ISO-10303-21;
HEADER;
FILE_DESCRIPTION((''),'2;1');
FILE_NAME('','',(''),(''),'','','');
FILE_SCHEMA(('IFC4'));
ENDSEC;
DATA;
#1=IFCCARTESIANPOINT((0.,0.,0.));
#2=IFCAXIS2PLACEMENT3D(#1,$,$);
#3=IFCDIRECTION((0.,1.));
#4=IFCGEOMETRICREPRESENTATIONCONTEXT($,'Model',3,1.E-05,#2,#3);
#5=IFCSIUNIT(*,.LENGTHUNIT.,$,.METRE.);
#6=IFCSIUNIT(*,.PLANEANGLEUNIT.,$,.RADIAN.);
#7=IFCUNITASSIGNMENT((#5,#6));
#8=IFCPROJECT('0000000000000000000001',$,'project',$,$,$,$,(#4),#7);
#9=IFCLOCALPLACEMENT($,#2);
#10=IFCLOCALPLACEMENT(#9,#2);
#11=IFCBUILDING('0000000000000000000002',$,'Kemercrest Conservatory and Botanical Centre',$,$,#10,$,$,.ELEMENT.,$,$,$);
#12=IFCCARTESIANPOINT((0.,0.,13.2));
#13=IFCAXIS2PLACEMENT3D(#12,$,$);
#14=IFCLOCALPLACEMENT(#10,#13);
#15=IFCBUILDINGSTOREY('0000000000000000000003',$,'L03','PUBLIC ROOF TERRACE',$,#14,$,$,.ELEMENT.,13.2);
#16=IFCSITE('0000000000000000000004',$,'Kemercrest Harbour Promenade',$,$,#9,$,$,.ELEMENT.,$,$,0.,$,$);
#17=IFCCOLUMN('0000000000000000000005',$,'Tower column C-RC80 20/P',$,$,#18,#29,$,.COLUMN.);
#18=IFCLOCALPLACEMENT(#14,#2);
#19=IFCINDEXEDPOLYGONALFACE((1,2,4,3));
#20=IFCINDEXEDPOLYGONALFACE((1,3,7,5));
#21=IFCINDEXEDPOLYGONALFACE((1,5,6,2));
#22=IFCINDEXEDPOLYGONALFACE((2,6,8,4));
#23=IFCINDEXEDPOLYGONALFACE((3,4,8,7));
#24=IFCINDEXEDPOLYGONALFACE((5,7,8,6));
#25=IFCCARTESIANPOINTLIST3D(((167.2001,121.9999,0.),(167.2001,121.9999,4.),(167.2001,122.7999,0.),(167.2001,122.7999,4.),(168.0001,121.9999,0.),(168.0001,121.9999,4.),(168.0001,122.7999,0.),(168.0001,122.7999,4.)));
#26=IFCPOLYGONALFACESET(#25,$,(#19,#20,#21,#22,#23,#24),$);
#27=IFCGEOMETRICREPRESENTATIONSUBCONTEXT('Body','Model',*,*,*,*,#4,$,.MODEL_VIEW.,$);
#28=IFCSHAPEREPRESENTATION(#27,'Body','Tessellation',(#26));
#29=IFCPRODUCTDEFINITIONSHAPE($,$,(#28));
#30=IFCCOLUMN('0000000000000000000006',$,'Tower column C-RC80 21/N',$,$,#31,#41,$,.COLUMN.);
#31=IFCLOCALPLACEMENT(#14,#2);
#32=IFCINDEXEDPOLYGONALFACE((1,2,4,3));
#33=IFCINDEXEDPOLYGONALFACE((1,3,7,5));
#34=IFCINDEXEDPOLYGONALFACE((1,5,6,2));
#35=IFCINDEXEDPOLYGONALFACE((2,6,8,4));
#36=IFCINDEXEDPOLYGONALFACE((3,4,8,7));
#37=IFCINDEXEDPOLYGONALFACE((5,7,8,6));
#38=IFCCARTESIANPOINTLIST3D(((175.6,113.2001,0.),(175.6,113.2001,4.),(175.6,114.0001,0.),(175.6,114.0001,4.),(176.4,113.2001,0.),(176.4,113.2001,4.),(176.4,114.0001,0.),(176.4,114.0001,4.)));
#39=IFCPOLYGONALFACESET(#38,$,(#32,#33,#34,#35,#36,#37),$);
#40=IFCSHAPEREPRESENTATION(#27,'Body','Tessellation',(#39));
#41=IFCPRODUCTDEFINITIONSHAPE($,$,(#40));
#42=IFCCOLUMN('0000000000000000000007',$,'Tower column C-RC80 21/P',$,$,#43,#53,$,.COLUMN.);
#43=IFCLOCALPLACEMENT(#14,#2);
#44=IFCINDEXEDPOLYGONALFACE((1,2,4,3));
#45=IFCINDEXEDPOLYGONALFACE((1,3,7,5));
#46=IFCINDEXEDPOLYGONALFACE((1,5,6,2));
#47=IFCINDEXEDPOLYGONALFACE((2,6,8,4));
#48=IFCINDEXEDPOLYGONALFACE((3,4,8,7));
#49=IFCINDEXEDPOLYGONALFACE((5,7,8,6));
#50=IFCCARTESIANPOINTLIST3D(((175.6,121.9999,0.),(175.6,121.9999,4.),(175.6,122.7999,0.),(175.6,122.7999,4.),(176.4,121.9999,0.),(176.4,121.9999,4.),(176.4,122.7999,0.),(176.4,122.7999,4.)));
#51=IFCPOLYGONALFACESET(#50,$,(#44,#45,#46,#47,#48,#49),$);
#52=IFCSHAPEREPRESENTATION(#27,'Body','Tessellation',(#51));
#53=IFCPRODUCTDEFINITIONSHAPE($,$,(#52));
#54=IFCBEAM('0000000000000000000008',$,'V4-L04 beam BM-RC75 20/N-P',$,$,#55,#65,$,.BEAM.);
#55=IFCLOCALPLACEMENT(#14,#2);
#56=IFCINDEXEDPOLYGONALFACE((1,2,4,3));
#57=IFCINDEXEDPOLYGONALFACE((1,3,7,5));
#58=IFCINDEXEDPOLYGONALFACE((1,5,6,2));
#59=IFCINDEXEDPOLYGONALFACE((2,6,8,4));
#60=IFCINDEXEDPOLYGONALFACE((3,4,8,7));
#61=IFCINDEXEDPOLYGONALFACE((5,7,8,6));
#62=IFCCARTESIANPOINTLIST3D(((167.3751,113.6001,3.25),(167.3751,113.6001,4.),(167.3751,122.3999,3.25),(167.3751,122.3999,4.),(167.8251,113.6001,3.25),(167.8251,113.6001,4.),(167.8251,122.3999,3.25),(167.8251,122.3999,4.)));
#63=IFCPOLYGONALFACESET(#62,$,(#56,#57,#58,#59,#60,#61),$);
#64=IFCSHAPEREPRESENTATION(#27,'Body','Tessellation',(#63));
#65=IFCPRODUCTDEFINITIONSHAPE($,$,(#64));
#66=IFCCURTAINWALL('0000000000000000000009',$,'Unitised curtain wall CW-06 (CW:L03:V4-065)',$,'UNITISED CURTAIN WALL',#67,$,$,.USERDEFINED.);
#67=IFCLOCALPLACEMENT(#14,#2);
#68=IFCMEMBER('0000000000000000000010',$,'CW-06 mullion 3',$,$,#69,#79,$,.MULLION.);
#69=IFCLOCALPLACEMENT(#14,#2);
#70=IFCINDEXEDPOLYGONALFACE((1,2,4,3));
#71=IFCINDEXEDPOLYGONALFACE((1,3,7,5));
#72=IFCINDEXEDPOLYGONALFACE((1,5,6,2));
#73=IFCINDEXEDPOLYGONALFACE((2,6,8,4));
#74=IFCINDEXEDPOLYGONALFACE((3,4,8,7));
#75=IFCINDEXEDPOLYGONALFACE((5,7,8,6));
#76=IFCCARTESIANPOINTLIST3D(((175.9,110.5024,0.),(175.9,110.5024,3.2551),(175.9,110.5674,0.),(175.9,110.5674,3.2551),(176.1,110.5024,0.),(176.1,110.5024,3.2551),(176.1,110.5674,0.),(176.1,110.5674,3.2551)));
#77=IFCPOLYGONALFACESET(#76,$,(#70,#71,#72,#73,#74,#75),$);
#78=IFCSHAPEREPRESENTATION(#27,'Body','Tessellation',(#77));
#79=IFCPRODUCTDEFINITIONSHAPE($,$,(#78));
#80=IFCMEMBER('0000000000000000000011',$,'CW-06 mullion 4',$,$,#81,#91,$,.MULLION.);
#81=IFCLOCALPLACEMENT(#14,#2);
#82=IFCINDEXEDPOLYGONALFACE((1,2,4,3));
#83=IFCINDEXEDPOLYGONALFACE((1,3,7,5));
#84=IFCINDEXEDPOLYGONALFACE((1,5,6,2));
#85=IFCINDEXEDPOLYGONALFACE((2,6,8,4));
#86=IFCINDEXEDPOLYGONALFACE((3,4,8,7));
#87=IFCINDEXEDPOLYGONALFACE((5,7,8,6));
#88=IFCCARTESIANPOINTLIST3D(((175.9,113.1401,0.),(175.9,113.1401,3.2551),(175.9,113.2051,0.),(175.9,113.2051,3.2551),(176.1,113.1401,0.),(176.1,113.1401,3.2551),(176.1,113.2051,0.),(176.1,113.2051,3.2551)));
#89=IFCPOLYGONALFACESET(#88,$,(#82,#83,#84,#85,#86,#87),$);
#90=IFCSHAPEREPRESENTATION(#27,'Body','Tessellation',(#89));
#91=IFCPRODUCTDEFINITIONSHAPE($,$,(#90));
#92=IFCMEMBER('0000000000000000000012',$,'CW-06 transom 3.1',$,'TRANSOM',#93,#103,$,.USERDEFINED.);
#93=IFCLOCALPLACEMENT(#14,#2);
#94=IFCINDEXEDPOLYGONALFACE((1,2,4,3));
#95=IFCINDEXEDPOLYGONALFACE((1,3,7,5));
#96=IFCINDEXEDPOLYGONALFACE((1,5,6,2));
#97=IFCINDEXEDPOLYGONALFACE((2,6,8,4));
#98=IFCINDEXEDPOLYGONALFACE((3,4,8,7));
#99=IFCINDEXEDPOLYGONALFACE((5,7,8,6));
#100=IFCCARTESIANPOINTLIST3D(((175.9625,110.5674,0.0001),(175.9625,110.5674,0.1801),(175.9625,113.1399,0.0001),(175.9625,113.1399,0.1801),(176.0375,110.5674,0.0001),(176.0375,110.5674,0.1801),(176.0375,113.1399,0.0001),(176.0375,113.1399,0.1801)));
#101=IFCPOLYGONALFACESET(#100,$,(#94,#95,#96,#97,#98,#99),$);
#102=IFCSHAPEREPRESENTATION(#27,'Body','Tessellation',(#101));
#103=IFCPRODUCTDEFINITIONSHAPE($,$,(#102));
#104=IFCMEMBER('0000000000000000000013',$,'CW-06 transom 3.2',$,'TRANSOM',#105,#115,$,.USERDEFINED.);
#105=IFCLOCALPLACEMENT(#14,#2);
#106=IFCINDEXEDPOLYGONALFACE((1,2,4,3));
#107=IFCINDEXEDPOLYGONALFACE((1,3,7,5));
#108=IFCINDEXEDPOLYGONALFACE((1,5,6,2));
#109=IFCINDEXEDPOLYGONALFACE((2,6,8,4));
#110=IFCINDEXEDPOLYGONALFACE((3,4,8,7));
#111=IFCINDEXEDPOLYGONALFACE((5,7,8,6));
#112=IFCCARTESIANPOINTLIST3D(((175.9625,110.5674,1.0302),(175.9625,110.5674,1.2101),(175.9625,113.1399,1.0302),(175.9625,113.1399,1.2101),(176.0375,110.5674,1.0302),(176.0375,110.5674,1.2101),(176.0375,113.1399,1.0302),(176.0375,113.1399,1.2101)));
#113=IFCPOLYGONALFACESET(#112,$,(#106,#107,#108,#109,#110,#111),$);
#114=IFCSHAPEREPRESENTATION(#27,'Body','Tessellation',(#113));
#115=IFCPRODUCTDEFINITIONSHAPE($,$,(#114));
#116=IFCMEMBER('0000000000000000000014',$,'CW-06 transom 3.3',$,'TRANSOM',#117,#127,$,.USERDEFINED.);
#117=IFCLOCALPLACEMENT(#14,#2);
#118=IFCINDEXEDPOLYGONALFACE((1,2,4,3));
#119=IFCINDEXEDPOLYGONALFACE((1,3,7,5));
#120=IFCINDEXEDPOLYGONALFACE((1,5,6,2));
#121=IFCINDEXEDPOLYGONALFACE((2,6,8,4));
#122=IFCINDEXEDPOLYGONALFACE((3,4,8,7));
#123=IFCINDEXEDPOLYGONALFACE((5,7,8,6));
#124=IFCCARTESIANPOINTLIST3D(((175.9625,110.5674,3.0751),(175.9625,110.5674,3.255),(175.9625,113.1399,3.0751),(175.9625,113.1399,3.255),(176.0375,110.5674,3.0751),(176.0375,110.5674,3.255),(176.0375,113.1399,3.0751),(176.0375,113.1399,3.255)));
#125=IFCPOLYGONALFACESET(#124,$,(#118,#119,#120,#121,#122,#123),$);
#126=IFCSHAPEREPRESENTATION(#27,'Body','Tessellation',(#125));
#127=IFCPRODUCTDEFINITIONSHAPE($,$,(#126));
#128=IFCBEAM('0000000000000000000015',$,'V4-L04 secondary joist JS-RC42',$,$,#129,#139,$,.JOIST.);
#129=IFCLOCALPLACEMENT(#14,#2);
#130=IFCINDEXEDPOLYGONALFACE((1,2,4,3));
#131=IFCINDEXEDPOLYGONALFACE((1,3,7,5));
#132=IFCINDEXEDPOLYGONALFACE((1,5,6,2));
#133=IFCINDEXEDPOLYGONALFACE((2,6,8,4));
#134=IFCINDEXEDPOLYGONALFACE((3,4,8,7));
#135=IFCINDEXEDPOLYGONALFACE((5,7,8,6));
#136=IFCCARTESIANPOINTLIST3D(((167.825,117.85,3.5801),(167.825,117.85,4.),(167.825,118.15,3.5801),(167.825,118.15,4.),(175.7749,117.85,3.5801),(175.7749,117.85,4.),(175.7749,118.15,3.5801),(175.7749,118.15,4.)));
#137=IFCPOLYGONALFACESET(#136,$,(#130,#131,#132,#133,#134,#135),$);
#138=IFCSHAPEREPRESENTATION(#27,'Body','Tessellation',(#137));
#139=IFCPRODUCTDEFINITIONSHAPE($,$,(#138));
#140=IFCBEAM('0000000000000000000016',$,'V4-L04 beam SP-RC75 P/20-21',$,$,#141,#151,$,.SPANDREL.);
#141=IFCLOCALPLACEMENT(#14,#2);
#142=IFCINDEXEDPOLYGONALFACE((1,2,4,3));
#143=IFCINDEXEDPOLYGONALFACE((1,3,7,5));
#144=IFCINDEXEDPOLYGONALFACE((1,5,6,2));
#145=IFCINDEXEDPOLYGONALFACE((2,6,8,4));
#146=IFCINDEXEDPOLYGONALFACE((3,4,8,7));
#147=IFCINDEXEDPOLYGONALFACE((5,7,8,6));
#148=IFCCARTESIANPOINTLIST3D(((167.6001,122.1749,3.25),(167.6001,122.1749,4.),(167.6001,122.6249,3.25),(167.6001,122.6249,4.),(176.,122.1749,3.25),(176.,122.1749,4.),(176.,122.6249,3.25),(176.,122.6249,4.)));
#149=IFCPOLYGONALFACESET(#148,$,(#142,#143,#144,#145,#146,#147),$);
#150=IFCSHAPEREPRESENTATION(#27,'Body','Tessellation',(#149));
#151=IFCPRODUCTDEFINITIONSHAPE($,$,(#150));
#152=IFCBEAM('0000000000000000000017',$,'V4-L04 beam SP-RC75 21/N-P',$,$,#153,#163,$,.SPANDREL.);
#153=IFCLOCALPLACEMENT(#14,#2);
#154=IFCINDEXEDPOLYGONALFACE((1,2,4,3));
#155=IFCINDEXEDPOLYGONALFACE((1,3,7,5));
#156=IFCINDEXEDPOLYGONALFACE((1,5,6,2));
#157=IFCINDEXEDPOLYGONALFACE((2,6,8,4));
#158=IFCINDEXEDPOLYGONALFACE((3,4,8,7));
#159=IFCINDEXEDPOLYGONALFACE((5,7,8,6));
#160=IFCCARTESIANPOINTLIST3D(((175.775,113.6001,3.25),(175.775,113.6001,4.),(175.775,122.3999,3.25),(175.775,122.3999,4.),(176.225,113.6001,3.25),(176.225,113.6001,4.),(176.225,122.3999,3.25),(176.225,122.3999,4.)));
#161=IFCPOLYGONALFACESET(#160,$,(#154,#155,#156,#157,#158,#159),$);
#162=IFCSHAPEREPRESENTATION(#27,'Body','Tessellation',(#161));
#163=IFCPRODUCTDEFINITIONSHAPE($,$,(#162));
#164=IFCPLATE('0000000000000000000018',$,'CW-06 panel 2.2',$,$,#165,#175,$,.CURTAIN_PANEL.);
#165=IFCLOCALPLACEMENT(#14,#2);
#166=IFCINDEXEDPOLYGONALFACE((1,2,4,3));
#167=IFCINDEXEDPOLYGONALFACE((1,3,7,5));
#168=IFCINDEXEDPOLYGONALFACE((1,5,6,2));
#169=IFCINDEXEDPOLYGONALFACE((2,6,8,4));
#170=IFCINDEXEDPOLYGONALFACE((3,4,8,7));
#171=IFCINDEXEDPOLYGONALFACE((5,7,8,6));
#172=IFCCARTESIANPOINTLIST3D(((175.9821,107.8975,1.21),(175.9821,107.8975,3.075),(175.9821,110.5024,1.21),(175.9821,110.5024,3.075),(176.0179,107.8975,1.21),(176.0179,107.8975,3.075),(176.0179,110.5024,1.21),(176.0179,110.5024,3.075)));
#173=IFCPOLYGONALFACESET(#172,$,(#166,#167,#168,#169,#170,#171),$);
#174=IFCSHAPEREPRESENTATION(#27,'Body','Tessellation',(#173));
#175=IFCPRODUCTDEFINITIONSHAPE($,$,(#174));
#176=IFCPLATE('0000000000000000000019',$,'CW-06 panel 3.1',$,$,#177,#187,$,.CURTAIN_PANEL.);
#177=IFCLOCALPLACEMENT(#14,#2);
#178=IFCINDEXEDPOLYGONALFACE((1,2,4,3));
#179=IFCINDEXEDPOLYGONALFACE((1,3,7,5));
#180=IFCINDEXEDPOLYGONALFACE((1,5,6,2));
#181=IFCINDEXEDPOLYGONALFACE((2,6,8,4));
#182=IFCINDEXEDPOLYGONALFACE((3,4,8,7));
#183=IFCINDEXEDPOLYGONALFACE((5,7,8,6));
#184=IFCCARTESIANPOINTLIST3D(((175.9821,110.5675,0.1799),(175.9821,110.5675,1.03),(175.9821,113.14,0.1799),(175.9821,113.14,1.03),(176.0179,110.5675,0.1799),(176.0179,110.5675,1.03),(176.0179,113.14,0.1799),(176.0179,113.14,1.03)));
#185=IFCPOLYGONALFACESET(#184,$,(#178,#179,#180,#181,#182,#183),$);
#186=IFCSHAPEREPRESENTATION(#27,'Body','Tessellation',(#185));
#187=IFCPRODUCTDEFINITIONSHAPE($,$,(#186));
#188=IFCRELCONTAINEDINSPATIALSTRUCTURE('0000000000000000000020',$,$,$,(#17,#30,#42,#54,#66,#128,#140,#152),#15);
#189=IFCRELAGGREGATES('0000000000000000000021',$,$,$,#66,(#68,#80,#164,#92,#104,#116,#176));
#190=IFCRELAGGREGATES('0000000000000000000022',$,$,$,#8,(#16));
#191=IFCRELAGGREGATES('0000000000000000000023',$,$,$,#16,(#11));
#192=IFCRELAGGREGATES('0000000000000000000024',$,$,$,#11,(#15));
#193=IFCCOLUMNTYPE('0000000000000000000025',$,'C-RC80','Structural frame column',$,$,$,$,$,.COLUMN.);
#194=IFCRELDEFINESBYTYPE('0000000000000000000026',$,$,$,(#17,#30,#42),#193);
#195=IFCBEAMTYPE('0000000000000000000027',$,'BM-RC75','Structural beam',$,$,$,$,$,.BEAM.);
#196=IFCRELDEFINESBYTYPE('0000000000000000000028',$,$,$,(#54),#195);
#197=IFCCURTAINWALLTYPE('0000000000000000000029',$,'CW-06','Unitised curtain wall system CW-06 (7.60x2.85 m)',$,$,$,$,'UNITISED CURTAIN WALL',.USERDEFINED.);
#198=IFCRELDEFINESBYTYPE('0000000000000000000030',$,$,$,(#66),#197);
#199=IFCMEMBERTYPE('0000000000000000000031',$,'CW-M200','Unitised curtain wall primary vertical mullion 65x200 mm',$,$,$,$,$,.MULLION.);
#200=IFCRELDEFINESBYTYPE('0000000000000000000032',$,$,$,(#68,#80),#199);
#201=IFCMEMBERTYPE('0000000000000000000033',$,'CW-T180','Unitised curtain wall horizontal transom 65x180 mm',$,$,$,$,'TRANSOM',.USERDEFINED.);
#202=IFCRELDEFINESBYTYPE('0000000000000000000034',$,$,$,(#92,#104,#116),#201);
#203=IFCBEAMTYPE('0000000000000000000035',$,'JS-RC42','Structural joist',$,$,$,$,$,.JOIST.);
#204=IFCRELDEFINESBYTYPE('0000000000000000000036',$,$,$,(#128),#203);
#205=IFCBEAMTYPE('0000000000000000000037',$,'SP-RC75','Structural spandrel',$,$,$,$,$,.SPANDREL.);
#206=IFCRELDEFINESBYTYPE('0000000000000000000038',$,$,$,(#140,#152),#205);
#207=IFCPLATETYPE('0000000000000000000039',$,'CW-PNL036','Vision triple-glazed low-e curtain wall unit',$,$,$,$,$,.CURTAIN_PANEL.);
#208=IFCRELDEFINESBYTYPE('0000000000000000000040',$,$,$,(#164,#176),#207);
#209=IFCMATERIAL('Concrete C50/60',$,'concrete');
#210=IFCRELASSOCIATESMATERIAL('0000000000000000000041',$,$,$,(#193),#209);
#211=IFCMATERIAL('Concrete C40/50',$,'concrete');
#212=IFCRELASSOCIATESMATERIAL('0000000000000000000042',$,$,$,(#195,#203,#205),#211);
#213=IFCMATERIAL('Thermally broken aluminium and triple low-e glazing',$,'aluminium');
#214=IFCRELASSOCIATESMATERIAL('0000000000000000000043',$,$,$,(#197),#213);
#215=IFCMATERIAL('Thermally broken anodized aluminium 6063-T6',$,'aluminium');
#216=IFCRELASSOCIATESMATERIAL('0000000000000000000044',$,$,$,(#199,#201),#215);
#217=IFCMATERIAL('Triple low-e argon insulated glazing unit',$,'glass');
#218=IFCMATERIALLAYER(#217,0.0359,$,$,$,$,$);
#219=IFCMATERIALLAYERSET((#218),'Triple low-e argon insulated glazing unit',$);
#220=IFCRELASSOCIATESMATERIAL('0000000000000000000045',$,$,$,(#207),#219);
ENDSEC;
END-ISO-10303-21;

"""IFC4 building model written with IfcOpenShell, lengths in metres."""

from ifc_helpers import new_model, si_unit, direction, frame, origin, origin_2d, place, context, subcontext, project, spatial, rectangle, extrude, material, layer, layer_set, material_profile, profile_set, type_object, element, aggregate, save


model = new_model("IFC4")

# Units and contexts
model_context = context("Model", 3, precision=1e-05, world=origin(), true_north=direction((0.0, 1.0)))
body_context = subcontext(model_context, "Body", "Model", "MODEL_VIEW")
ifc_project = project(units=[si_unit("LENGTHUNIT", "METRE"), si_unit("PLANEANGLEUNIT", "RADIAN")], contexts=[model_context])

# Site, building, storey
site_placement = place(None, origin())
site = spatial("IfcSite", under=ifc_project, at=site_placement, Name="Kemercrest Harbour Promenade", CompositionType="ELEMENT", RefElevation=0.0)
building_placement = place(site_placement, origin())
building = spatial("IfcBuilding", under=site, at=building_placement, Name="Kemercrest Conservatory and Botanical Centre", CompositionType="ELEMENT")
storey_placement = place(building_placement, frame((0.0, 0.0, 13.2)))
storey = spatial("IfcBuildingStorey", under=building, at=storey_placement, Name="L03", Description="PUBLIC ROOF TERRACE", CompositionType="ELEMENT", Elevation=13.2)

# Columns
ifc_material_1 = material(Name="Concrete C50/60", Category="concrete")
ifc_material_profile_1 = material_profile(ifc_material_1, rectangle(XDim=0.8, YDim=0.8, at=origin_2d()), Name="RC 800x800")
ifc_profile_set_1 = profile_set([ifc_material_profile_1], Name="Concrete C50/60")
column_type = type_object("IfcColumnType", Name="C-RC80", Description="Structural frame column", PredefinedType="COLUMN", material=ifc_profile_set_1)
for number, where, z_axis, x_axis, name in (
    (1, (167.6001, 122.3999, 0.0), (0.0, 0.0, 1.0), (1.0, 0.0, 0.0), "Tower column C-RC80 20/P"),
    (2, (176.0, 113.6001, 0.0), (0.0, 0.0, 1.0), (1.0, 0.0, 0.0), "Tower column C-RC80 21/N"),
    (3, (176.0, 122.3999, 0.0), (0.0, 0.0, 1.0), (1.0, 0.0, 0.0), "Tower column C-RC80 21/P"),
):
    element("IfcColumn", number, at=place(storey_placement, frame(where, z_axis=z_axis, x_axis=x_axis)), inside=storey, type_object=column_type, Name=name, PredefinedType="COLUMN", context=body_context, shape_type="SweptSolid", body=[
        extrude(rectangle(XDim=0.8, YDim=0.8, at=origin_2d()), origin(), (0.0, 0.0, 1.0), 4.0),
    ])

# Beam
ifc_material_2 = material(Name="Concrete C40/50", Category="concrete")
ifc_material_profile_2 = material_profile(ifc_material_2, rectangle(XDim=0.45, YDim=0.75, at=origin_2d()), Name="RC 450x750")
ifc_profile_set_2 = profile_set([ifc_material_profile_2], Name="Concrete C40/50")
beam_type_1 = type_object("IfcBeamType", Name="BM-RC75", Description="Structural beam", PredefinedType="BEAM", material=ifc_profile_set_2)
beam_1_placement = place(storey_placement, frame((167.6001, 113.6001, 3.625), z_axis=(0.0, 1.0, 0.0), x_axis=(-1.0, 0.0, 0.0)))
element("IfcBeam", 4, at=beam_1_placement, inside=storey, type_object=beam_type_1, Name="V4-L04 beam BM-RC75 20/N-P", PredefinedType="BEAM", context=body_context, shape_type="SweptSolid", body=[
    extrude(rectangle(XDim=0.45, YDim=0.75, at=origin_2d()), origin(), (0.0, 0.0, 1.0), 8.7998),
])

# Curtain wall, members
ifc_material_3 = material(Name="Thermally broken aluminium and triple low-e glazing", Category="aluminium")
curtain_wall_type = type_object("IfcCurtainWallType", Name="CW-06", Description="Unitised curtain wall system CW-06 (7.60x2.85 m)", ElementType="UNITISED CURTAIN WALL", PredefinedType="USERDEFINED", material=ifc_material_3)
curtain_wall_placement = place(storey_placement, origin())
curtain_wall = element("IfcCurtainWall", 5, at=curtain_wall_placement, inside=storey, type_object=curtain_wall_type, Name="Unitised curtain wall CW-06 (CW:L03:V4-065)", ObjectType="UNITISED CURTAIN WALL", PredefinedType="USERDEFINED")
ifc_material_4 = material(Name="Thermally broken anodized aluminium 6063-T6", Category="aluminium")
ifc_material_profile_3 = material_profile(ifc_material_4, rectangle(XDim=0.2, YDim=0.0649, at=origin_2d()), Name="AL MULLION 65x200")
ifc_profile_set_3 = profile_set([ifc_material_profile_3], Name="Thermally broken anodized aluminium 6063-T6")
member_type_1 = type_object("IfcMemberType", Name="CW-M200", Description="Unitised curtain wall primary vertical mullion 65x200 mm", PredefinedType="MULLION", material=ifc_profile_set_3)
member_1_placement = place(storey_placement, frame((176.0, 110.5349, 0.0), z_axis=(0.0, 0.0, 1.0), x_axis=(-1.0, 0.0, 0.0)))
member_1 = element("IfcMember", 6, at=member_1_placement, type_object=member_type_1, Name="CW-06 mullion 3", PredefinedType="MULLION", context=body_context, shape_type="SweptSolid", body=[
    extrude(rectangle(XDim=0.2, YDim=0.0649, at=origin_2d()), origin(), (0.0, 0.0, 1.0), 3.2551),
])
member_2_placement = place(storey_placement, frame((176.0, 113.1726, 0.0), z_axis=(0.0, 0.0, 1.0), x_axis=(-1.0, 0.0, 0.0)))
member_2 = element("IfcMember", 7, at=member_2_placement, type_object=member_type_1, Name="CW-06 mullion 4", PredefinedType="MULLION", context=body_context, shape_type="SweptSolid", body=[
    extrude(rectangle(XDim=0.2, YDim=0.0649, at=origin_2d()), origin(), (0.0, 0.0, 1.0), 3.2551),
])
ifc_material_profile_4 = material_profile(ifc_material_4, rectangle(XDim=0.075, YDim=0.1799, at=origin_2d()), Name="AL TRANSOM 75x180")
ifc_profile_set_4 = profile_set([ifc_material_profile_4], Name="Thermally broken anodized aluminium 6063-T6")
member_type_2 = type_object("IfcMemberType", Name="CW-T180", Description="Unitised curtain wall horizontal transom 65x180 mm", ElementType="TRANSOM", PredefinedType="USERDEFINED", material=ifc_profile_set_4)
member_3_placement = place(storey_placement, frame((176.0, 110.5674, 0.0901), z_axis=(0.0, 1.0, 0.0), x_axis=(-1.0, 0.0, 0.0)))
member_3 = element("IfcMember", 8, at=member_3_placement, type_object=member_type_2, Name="CW-06 transom 3.1", ObjectType="TRANSOM", PredefinedType="USERDEFINED", context=body_context, shape_type="SweptSolid", body=[
    extrude(rectangle(XDim=0.075, YDim=0.1799, at=origin_2d()), origin(), (0.0, 0.0, 1.0), 2.5725),
])
member_4_placement = place(storey_placement, frame((176.0, 110.5674, 1.1201), z_axis=(0.0, 1.0, 0.0), x_axis=(-1.0, 0.0, 0.0)))
member_4 = element("IfcMember", 9, at=member_4_placement, type_object=member_type_2, Name="CW-06 transom 3.2", ObjectType="TRANSOM", PredefinedType="USERDEFINED", context=body_context, shape_type="SweptSolid", body=[
    extrude(rectangle(XDim=0.075, YDim=0.1799, at=origin_2d()), origin(), (0.0, 0.0, 1.0), 2.5725),
])
member_5_placement = place(storey_placement, frame((176.0, 110.5674, 3.165), z_axis=(0.0, 1.0, 0.0), x_axis=(-1.0, 0.0, 0.0)))
member_5 = element("IfcMember", 10, at=member_5_placement, type_object=member_type_2, Name="CW-06 transom 3.3", ObjectType="TRANSOM", PredefinedType="USERDEFINED", context=body_context, shape_type="SweptSolid", body=[
    extrude(rectangle(XDim=0.075, YDim=0.1799, at=origin_2d()), origin(), (0.0, 0.0, 1.0), 2.5725),
])

# Beams
ifc_material_profile_5 = material_profile(ifc_material_2, rectangle(XDim=0.3, YDim=0.4199, at=origin_2d()), Name="RC 300x420")
ifc_profile_set_5 = profile_set([ifc_material_profile_5], Name="Concrete C40/50")
beam_type_2 = type_object("IfcBeamType", Name="JS-RC42", Description="Structural joist", PredefinedType="JOIST", material=ifc_profile_set_5)
beam_2_placement = place(storey_placement, frame((167.825, 118.0, 3.79), z_axis=(1.0, 0.0, 0.0), x_axis=(0.0, 1.0, 0.0)))
element("IfcBeam", 11, at=beam_2_placement, inside=storey, type_object=beam_type_2, Name="V4-L04 secondary joist JS-RC42", PredefinedType="JOIST", context=body_context, shape_type="SweptSolid", body=[
    extrude(rectangle(XDim=0.3, YDim=0.4199, at=origin_2d()), origin(), (0.0, 0.0, 1.0), 7.95),
])
ifc_material_profile_6 = material_profile(ifc_material_2, rectangle(XDim=0.45, YDim=0.75, at=origin_2d()), Name="RC 450x750")
ifc_profile_set_6 = profile_set([ifc_material_profile_6], Name="Concrete C40/50")
beam_type_3 = type_object("IfcBeamType", Name="SP-RC75", Description="Structural spandrel", PredefinedType="SPANDREL", material=ifc_profile_set_6)
beam_3_placement = place(storey_placement, frame((167.6001, 122.3999, 3.625), z_axis=(1.0, 0.0, 0.0), x_axis=(0.0, 1.0, 0.0)))
element("IfcBeam", 12, at=beam_3_placement, inside=storey, type_object=beam_type_3, Name="V4-L04 beam SP-RC75 P/20-21", PredefinedType="SPANDREL", context=body_context, shape_type="SweptSolid", body=[
    extrude(rectangle(XDim=0.45, YDim=0.75, at=origin_2d()), origin(), (0.0, 0.0, 1.0), 8.3999),
])
beam_4_placement = place(storey_placement, frame((176.0, 113.6001, 3.625), z_axis=(0.0, 1.0, 0.0), x_axis=(-1.0, 0.0, 0.0)))
element("IfcBeam", 13, at=beam_4_placement, inside=storey, type_object=beam_type_3, Name="V4-L04 beam SP-RC75 21/N-P", PredefinedType="SPANDREL", context=body_context, shape_type="SweptSolid", body=[
    extrude(rectangle(XDim=0.45, YDim=0.75, at=origin_2d()), origin(), (0.0, 0.0, 1.0), 8.7998),
])

# Plates
ifc_material_5 = material(Name="Triple low-e argon insulated glazing unit", Category="glass")
ifc_layer_1 = layer(ifc_material_5, 0.0359)
ifc_layer_set_1 = layer_set([ifc_layer_1], Name="Triple low-e argon insulated glazing unit")
plate_type = type_object("IfcPlateType", Name="CW-PNL036", Description="Vision triple-glazed low-e curtain wall unit", PredefinedType="CURTAIN_PANEL", material=ifc_layer_set_1)
plate_1_placement = place(storey_placement, frame((176.0, 109.2, 1.21), z_axis=(0.0, 0.0, 1.0), x_axis=(0.0, 1.0, 0.0)))
plate_1 = element("IfcPlate", 14, at=plate_1_placement, type_object=plate_type, Name="CW-06 panel 2.2", PredefinedType="CURTAIN_PANEL", context=body_context, shape_type="SweptSolid", body=[
    extrude(rectangle(XDim=2.605, YDim=0.0359, at=origin_2d()), origin(), (0.0, 0.0, 1.0), 1.865),
])
plate_2_placement = place(storey_placement, frame((176.0, 111.8538, 0.1799), z_axis=(0.0, 0.0, 1.0), x_axis=(0.0, 1.0, 0.0)))
plate_2 = element("IfcPlate", 15, at=plate_2_placement, type_object=plate_type, Name="CW-06 panel 3.1", PredefinedType="CURTAIN_PANEL", context=body_context, shape_type="SweptSolid", body=[
    extrude(rectangle(XDim=2.5725, YDim=0.0359, at=origin_2d()), origin(), (0.0, 0.0, 1.0), 0.8501),
])
aggregate(curtain_wall, [member_1, member_2, plate_1, member_3, member_4, member_5, plate_2])

save(model, "model.ifc")
